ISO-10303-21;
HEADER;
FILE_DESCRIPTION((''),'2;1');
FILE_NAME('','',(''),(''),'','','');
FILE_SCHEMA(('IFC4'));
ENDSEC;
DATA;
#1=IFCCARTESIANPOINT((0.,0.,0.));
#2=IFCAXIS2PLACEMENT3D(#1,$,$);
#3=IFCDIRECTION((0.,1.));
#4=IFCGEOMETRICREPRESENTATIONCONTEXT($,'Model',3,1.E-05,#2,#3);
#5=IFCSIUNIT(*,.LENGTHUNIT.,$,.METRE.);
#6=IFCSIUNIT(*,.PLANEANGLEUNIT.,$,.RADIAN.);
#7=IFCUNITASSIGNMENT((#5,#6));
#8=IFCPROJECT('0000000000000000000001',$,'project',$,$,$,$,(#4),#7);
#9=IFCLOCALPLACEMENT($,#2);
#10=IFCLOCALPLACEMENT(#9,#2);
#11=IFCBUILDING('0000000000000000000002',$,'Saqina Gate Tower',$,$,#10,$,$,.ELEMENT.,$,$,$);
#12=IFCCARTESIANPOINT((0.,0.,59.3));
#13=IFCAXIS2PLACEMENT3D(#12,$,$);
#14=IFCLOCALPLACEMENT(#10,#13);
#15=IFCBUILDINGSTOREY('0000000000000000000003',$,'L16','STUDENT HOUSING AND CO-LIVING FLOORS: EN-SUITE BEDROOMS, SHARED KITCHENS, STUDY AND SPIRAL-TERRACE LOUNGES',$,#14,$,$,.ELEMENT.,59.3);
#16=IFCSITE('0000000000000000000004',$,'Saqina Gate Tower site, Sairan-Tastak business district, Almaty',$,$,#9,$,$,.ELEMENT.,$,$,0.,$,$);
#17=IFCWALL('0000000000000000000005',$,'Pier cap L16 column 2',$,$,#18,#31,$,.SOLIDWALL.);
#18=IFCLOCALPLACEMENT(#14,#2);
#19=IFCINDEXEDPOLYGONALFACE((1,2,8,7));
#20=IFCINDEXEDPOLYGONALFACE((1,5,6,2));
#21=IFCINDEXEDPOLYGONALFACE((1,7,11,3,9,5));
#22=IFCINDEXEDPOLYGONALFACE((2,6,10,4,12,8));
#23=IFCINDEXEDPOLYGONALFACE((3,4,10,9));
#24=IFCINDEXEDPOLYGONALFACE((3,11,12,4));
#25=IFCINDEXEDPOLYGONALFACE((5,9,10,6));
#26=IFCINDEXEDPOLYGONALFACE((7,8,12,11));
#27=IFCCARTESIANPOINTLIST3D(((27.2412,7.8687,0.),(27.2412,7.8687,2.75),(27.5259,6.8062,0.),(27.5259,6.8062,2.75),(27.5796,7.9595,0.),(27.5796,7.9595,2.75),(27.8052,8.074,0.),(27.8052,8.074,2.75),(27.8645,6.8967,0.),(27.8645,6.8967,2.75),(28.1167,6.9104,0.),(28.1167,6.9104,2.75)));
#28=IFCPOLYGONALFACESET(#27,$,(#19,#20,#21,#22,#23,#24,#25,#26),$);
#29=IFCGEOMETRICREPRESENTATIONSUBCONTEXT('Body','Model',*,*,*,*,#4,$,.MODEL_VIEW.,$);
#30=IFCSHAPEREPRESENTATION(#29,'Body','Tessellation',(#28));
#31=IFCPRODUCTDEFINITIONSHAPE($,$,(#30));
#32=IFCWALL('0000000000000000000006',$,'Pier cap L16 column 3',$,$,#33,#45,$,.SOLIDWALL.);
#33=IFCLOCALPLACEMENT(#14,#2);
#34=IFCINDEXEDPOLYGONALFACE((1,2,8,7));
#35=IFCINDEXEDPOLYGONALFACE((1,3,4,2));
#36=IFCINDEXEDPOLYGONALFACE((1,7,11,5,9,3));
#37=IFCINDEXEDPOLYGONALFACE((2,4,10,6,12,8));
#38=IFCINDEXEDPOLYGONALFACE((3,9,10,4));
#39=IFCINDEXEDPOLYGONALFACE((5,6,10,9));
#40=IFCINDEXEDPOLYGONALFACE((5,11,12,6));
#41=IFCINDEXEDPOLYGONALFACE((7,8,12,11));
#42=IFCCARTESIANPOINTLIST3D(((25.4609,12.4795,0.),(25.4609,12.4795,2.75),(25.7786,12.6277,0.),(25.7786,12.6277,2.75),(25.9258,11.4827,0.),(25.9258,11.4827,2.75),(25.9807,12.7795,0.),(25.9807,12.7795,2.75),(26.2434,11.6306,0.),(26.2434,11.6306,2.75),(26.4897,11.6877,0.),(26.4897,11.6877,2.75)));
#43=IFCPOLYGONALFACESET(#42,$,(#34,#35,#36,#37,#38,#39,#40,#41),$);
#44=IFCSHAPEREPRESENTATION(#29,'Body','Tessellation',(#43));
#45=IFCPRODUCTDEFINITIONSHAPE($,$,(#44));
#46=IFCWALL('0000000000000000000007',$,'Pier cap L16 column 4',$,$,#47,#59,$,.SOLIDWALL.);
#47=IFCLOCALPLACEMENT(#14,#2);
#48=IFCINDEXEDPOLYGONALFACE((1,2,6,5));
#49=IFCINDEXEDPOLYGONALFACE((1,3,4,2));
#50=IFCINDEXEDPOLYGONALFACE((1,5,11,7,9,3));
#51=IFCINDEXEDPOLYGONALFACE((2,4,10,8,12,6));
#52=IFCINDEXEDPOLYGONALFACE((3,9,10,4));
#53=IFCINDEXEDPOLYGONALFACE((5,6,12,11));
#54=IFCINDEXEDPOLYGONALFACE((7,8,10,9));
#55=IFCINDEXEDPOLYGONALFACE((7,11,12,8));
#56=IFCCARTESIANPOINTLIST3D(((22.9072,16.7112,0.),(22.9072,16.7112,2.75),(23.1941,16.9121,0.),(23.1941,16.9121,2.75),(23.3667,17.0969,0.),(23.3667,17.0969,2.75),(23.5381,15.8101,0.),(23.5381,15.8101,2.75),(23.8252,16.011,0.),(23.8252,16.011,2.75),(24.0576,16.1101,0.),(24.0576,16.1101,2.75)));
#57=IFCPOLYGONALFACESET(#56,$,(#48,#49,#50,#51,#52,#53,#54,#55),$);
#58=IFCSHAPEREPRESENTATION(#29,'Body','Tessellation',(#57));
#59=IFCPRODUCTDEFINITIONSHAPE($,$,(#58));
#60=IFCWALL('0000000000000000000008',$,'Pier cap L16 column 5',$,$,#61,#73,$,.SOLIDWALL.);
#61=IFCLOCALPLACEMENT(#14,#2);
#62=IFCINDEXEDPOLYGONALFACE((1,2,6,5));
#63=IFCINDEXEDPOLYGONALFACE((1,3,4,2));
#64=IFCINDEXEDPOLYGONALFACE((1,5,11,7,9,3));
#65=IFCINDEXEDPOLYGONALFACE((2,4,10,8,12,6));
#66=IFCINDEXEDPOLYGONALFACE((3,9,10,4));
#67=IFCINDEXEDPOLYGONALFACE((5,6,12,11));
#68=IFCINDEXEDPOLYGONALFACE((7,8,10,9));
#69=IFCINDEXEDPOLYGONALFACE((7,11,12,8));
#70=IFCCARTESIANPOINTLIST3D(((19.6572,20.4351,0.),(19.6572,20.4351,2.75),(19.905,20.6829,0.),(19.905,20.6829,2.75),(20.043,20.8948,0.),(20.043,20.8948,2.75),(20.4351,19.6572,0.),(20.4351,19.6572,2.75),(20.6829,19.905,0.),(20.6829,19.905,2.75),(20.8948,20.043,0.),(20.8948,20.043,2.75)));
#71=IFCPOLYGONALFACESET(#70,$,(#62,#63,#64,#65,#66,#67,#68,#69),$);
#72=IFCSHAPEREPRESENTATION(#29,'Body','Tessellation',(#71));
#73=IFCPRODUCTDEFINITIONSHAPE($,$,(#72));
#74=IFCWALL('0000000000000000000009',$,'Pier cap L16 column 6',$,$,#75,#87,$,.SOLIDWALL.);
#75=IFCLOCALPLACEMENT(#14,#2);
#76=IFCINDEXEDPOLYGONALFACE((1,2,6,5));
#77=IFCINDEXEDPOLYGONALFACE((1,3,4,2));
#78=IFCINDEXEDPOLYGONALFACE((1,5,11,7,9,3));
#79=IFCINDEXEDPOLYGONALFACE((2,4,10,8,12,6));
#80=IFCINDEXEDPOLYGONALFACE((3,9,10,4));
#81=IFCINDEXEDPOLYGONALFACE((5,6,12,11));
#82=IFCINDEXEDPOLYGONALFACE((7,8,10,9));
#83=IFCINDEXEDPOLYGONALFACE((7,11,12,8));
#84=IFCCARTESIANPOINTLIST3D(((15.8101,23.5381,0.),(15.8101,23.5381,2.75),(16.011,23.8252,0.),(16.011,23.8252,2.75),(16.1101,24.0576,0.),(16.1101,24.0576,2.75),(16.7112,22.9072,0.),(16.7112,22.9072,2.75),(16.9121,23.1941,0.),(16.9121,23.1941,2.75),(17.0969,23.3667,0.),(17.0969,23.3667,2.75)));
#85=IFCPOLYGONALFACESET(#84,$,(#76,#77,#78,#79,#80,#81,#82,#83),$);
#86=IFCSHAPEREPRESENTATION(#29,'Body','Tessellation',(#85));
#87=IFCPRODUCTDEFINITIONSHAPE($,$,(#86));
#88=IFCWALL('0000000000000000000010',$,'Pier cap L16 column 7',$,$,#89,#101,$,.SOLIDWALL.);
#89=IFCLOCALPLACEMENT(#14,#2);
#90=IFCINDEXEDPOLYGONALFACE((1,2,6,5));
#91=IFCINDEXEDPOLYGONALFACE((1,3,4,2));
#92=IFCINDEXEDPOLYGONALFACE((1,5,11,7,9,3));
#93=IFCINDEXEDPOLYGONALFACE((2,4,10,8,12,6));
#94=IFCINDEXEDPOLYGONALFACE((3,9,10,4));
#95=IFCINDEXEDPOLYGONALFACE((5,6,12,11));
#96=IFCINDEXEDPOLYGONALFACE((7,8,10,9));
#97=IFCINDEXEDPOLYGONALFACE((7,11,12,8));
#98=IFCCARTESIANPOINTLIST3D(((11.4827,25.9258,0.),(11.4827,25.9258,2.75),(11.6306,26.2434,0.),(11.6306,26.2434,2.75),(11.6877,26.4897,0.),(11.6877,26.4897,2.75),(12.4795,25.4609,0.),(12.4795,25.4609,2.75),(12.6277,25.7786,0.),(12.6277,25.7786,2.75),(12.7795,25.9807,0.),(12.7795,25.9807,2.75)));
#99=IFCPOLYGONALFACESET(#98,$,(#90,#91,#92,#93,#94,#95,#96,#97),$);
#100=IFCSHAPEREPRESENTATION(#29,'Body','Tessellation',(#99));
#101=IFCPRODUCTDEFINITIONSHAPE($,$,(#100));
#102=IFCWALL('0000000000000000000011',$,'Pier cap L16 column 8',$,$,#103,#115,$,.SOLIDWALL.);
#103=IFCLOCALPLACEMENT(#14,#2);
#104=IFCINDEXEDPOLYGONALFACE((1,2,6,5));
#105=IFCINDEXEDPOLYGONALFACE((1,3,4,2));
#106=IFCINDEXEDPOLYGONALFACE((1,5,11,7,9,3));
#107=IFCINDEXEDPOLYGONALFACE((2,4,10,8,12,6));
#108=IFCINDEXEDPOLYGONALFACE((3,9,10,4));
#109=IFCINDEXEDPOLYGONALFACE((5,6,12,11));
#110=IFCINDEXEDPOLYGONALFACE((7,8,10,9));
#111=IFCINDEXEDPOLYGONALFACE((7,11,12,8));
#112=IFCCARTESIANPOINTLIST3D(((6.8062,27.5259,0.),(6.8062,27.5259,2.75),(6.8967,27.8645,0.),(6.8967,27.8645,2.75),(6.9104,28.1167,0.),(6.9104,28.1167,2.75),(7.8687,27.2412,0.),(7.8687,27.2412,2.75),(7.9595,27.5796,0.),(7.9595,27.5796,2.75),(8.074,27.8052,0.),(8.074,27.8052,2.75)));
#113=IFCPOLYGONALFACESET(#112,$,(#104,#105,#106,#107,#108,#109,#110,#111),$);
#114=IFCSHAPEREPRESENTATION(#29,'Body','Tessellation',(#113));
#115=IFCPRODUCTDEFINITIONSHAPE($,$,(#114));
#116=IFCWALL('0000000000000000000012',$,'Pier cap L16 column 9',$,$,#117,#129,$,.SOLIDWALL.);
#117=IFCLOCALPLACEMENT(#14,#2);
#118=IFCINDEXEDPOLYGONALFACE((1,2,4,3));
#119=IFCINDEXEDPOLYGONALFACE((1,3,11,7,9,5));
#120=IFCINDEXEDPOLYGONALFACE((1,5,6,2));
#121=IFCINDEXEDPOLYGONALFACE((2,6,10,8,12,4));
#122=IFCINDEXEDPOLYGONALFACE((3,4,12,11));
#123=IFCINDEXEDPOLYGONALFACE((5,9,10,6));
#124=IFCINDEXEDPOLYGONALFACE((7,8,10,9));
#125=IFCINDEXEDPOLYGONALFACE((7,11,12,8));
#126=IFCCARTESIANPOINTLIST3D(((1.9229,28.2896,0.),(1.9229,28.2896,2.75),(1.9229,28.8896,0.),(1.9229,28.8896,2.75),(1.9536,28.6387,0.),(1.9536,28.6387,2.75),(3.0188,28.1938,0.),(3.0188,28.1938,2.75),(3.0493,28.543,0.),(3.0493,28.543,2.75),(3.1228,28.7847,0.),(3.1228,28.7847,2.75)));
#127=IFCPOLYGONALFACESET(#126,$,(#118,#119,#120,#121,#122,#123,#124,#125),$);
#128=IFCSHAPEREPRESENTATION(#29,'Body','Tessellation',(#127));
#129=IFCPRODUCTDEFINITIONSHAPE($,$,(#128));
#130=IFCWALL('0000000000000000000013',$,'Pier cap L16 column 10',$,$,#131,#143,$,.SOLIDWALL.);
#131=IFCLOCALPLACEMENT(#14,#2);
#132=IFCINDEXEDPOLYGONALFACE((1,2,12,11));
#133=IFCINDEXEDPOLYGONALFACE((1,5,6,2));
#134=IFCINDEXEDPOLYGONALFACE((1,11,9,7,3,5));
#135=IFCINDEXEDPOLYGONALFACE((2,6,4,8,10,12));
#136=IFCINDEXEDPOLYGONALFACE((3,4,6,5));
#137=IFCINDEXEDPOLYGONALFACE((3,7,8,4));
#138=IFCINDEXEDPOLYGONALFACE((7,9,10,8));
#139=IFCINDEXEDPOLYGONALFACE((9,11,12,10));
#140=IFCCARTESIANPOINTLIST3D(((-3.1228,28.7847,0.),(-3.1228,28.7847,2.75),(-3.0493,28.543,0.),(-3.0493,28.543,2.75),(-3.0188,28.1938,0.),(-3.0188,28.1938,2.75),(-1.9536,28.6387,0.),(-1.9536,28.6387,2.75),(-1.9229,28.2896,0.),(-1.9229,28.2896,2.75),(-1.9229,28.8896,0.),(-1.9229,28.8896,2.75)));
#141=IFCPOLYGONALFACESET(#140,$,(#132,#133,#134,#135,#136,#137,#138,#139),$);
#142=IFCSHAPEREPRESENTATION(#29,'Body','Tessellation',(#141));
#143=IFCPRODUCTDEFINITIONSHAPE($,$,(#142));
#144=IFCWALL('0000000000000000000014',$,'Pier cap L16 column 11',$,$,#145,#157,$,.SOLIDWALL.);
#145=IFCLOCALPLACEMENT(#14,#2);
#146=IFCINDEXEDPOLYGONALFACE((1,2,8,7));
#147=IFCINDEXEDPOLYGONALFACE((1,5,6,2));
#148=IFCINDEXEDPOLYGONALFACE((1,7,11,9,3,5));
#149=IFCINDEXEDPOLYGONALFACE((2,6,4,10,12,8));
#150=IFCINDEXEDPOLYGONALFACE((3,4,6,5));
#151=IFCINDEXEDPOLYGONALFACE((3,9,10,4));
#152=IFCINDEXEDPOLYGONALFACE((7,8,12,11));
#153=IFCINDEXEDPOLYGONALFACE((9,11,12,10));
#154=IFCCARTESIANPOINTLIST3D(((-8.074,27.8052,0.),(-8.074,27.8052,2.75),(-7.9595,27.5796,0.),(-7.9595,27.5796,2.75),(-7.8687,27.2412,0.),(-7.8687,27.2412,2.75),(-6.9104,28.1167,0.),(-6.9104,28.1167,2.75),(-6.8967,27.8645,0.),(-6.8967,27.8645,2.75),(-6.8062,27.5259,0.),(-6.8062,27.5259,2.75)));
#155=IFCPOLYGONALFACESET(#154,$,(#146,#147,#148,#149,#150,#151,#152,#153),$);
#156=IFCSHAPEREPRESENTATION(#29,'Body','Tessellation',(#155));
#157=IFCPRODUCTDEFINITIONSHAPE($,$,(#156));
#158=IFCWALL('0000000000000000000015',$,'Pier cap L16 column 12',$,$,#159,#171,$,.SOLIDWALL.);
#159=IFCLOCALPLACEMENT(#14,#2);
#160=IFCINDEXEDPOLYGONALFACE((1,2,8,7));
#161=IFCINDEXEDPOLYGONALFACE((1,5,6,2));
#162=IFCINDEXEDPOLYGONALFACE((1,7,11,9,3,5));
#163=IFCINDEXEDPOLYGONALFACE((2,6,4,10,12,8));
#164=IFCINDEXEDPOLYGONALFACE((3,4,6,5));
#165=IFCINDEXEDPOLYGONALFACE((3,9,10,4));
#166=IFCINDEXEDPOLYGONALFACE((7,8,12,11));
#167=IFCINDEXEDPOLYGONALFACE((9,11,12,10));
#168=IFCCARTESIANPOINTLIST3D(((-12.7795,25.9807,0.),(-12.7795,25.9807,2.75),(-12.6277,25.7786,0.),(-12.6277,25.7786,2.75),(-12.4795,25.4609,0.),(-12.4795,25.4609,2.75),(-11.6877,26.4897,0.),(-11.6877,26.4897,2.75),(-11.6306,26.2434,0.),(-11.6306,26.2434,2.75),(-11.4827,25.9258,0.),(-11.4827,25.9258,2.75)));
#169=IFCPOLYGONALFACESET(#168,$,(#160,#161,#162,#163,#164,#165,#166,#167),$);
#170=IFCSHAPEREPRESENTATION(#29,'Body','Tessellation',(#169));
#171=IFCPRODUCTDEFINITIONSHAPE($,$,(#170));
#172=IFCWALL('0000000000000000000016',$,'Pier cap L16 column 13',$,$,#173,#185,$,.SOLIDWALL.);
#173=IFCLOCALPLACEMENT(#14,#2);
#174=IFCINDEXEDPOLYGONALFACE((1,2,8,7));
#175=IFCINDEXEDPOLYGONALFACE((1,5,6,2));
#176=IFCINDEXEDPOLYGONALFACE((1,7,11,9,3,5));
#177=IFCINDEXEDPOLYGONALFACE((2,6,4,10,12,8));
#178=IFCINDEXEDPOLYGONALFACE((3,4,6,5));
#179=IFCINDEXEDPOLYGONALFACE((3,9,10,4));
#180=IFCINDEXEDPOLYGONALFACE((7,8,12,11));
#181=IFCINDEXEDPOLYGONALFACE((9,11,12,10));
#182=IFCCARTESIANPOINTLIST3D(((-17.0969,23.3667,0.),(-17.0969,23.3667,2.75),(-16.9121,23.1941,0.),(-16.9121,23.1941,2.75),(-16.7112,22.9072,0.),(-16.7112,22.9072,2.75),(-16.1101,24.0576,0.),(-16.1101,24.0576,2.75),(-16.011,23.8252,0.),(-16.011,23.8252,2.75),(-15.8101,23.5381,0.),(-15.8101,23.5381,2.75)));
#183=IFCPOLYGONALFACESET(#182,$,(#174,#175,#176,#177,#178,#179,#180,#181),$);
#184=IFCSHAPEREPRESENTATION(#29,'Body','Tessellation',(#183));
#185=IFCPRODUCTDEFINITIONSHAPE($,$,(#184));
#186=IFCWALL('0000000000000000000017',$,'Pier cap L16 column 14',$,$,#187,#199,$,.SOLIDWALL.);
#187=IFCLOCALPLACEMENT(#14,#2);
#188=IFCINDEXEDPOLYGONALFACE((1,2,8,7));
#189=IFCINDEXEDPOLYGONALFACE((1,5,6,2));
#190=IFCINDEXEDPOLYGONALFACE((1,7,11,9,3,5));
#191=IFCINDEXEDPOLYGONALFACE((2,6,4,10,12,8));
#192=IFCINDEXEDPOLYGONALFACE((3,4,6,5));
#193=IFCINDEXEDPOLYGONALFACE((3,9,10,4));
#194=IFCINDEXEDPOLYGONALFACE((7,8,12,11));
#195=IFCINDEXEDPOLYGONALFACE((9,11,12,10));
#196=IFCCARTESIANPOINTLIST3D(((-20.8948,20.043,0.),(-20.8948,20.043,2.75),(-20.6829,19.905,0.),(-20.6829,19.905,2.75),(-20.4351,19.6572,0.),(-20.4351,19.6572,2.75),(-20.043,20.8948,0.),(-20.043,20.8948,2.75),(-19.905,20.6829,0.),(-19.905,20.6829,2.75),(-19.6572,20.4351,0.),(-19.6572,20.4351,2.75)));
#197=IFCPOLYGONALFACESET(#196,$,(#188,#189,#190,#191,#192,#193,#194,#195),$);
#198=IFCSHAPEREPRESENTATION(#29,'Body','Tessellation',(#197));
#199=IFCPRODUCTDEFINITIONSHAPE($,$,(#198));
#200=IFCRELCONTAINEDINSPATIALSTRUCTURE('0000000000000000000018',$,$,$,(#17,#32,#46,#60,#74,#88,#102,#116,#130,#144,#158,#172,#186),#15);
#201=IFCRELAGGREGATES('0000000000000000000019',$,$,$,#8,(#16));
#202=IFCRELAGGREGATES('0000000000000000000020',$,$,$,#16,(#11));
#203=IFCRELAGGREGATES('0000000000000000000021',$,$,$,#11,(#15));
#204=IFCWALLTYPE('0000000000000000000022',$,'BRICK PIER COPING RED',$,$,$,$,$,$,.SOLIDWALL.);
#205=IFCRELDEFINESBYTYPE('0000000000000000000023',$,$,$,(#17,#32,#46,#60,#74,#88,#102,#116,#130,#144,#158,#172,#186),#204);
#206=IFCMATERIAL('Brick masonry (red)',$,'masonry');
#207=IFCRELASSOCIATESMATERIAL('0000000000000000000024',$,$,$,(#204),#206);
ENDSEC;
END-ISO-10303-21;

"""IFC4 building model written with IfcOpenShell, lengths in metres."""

from ifc_helpers import new_model, si_unit, direction, frame, origin, place, context, subcontext, project, spatial, polyline, outline, extrude, material, type_object, element, save


model = new_model("IFC4")

# Units and contexts
model_context = context("Model", 3, precision=1e-05, world=origin(), true_north=direction((0.0, 1.0)))
body_context = subcontext(model_context, "Body", "Model", "MODEL_VIEW")
ifc_project = project(units=[si_unit("LENGTHUNIT", "METRE"), si_unit("PLANEANGLEUNIT", "RADIAN")], contexts=[model_context])

# Site, building, storey
site_placement = place(None, origin())
site = spatial("IfcSite", under=ifc_project, at=site_placement, Name="Saqina Gate Tower site, Sairan-Tastak business district, Almaty", CompositionType="ELEMENT", RefElevation=0.0)
building_placement = place(site_placement, origin())
building = spatial("IfcBuilding", under=site, at=building_placement, Name="Saqina Gate Tower", CompositionType="ELEMENT")
storey_placement = place(building_placement, frame((0.0, 0.0, 59.3)))
storey = spatial("IfcBuildingStorey", under=building, at=storey_placement, Name="L16", Description="STUDENT HOUSING AND CO-LIVING FLOORS: EN-SUITE BEDROOMS, SHARED KITCHENS, STUDY AND SPIRAL-TERRACE LOUNGES", CompositionType="ELEMENT", Elevation=59.3)

# Walls
ifc_material = material(Name="Brick masonry (red)", Category="masonry")
wall_type = type_object("IfcWallType", Name="BRICK PIER COPING RED", PredefinedType="SOLIDWALL", material=ifc_material)
wall_1_placement = place(storey_placement, origin())
element("IfcWall", 1, at=wall_1_placement, inside=storey, type_object=wall_type, Name="Pier cap L16 column 2", PredefinedType="SOLIDWALL", context=body_context, shape_type="SweptSolid", body=[
    extrude(outline(polyline([(28.1167, 6.9104), (27.8052, 8.074), (27.2412, 7.8687), (27.5796, 7.9595), (27.8645, 6.8967), (27.5259, 6.8062), (28.1167, 6.9104)])), origin(), (0.0, 0.0, 1.0), 2.75),
])
wall_2_placement = place(storey_placement, origin())
element("IfcWall", 2, at=wall_2_placement, inside=storey, type_object=wall_type, Name="Pier cap L16 column 3", PredefinedType="SOLIDWALL", context=body_context, shape_type="SweptSolid", body=[
    extrude(outline(polyline([(25.9807, 12.7795), (25.4609, 12.4795), (25.7786, 12.6277), (26.2434, 11.6306), (25.9258, 11.4827), (26.4897, 11.6877), (25.9807, 12.7795)])), origin(), (0.0, 0.0, 1.0), 2.75),
])
wall_3_placement = place(storey_placement, origin())
element("IfcWall", 3, at=wall_3_placement, inside=storey, type_object=wall_type, Name="Pier cap L16 column 4", PredefinedType="SOLIDWALL", context=body_context, shape_type="SweptSolid", body=[
    extrude(outline(polyline([(24.0576, 16.1101), (23.3667, 17.0969), (22.9072, 16.7112), (23.1941, 16.9121), (23.8252, 16.011), (23.5381, 15.8101), (24.0576, 16.1101)])), origin(), (0.0, 0.0, 1.0), 2.75),
])
wall_4_placement = place(storey_placement, origin())
element("IfcWall", 4, at=wall_4_placement, inside=storey, type_object=wall_type, Name="Pier cap L16 column 5", PredefinedType="SOLIDWALL", context=body_context, shape_type="SweptSolid", body=[
    extrude(outline(polyline([(20.043, 20.8948), (19.6572, 20.4351), (19.905, 20.6829), (20.6829, 19.905), (20.4351, 19.6572), (20.8948, 20.043), (20.043, 20.8948)])), origin(), (0.0, 0.0, 1.0), 2.75),
])
wall_5_placement = place(storey_placement, origin())
element("IfcWall", 5, at=wall_5_placement, inside=storey, type_object=wall_type, Name="Pier cap L16 column 6", PredefinedType="SOLIDWALL", context=body_context, shape_type="SweptSolid", body=[
    extrude(outline(polyline([(17.0969, 23.3667), (16.1101, 24.0576), (15.8101, 23.5381), (16.011, 23.8252), (16.9121, 23.1941), (16.7112, 22.9072), (17.0969, 23.3667)])), origin(), (0.0, 0.0, 1.0), 2.75),
])
wall_6_placement = place(storey_placement, origin())
element("IfcWall", 6, at=wall_6_placement, inside=storey, type_object=wall_type, Name="Pier cap L16 column 7", PredefinedType="SOLIDWALL", context=body_context, shape_type="SweptSolid", body=[
    extrude(outline(polyline([(11.6877, 26.4897), (11.4827, 25.9258), (11.6306, 26.2434), (12.6277, 25.7786), (12.4795, 25.4609), (12.7795, 25.9807), (11.6877, 26.4897)])), origin(), (0.0, 0.0, 1.0), 2.75),
])
wall_7_placement = place(storey_placement, origin())
element("IfcWall", 7, at=wall_7_placement, inside=storey, type_object=wall_type, Name="Pier cap L16 column 8", PredefinedType="SOLIDWALL", context=body_context, shape_type="SweptSolid", body=[
    extrude(outline(polyline([(6.9104, 28.1167), (6.8062, 27.5259), (6.8967, 27.8645), (7.9595, 27.5796), (7.8687, 27.2412), (8.074, 27.8052), (6.9104, 28.1167)])), origin(), (0.0, 0.0, 1.0), 2.75),
])
wall_8_placement = place(storey_placement, origin())
element("IfcWall", 8, at=wall_8_placement, inside=storey, type_object=wall_type, Name="Pier cap L16 column 9", PredefinedType="SOLIDWALL", context=body_context, shape_type="SweptSolid", body=[
    extrude(outline(polyline([(3.1228, 28.7847), (1.9229, 28.8896), (1.9229, 28.2896), (1.9536, 28.6387), (3.0493, 28.543), (3.0188, 28.1938), (3.1228, 28.7847)])), origin(), (0.0, 0.0, 1.0), 2.75),
])
wall_9_placement = place(storey_placement, origin())
element("IfcWall", 9, at=wall_9_placement, inside=storey, type_object=wall_type, Name="Pier cap L16 column 10", PredefinedType="SOLIDWALL", context=body_context, shape_type="SweptSolid", body=[
    extrude(outline(polyline([(-1.9229, 28.8896), (-3.1228, 28.7847), (-3.0188, 28.1938), (-3.0493, 28.543), (-1.9536, 28.6387), (-1.9229, 28.2896), (-1.9229, 28.8896)])), origin(), (0.0, 0.0, 1.0), 2.75),
])
wall_10_placement = place(storey_placement, origin())
element("IfcWall", 10, at=wall_10_placement, inside=storey, type_object=wall_type, Name="Pier cap L16 column 11", PredefinedType="SOLIDWALL", context=body_context, shape_type="SweptSolid", body=[
    extrude(outline(polyline([(-6.9104, 28.1167), (-8.074, 27.8052), (-7.8687, 27.2412), (-7.9595, 27.5796), (-6.8967, 27.8645), (-6.8062, 27.5259), (-6.9104, 28.1167)])), origin(), (0.0, 0.0, 1.0), 2.75),
])
wall_11_placement = place(storey_placement, origin())
element("IfcWall", 11, at=wall_11_placement, inside=storey, type_object=wall_type, Name="Pier cap L16 column 12", PredefinedType="SOLIDWALL", context=body_context, shape_type="SweptSolid", body=[
    extrude(outline(polyline([(-12.7795, 25.9807), (-12.4795, 25.4609), (-12.6277, 25.7786), (-11.6306, 26.2434), (-11.4827, 25.9258), (-11.6877, 26.4897), (-12.7795, 25.9807)])), origin(), (0.0, 0.0, 1.0), 2.75),
])
wall_12_placement = place(storey_placement, origin())
element("IfcWall", 12, at=wall_12_placement, inside=storey, type_object=wall_type, Name="Pier cap L16 column 13", PredefinedType="SOLIDWALL", context=body_context, shape_type="SweptSolid", body=[
    extrude(outline(polyline([(-16.1101, 24.0576), (-17.0969, 23.3667), (-16.7112, 22.9072), (-16.9121, 23.1941), (-16.011, 23.8252), (-15.8101, 23.5381), (-16.1101, 24.0576)])), origin(), (0.0, 0.0, 1.0), 2.75),
])
wall_13_placement = place(storey_placement, origin())
element("IfcWall", 13, at=wall_13_placement, inside=storey, type_object=wall_type, Name="Pier cap L16 column 14", PredefinedType="SOLIDWALL", context=body_context, shape_type="SweptSolid", body=[
    extrude(outline(polyline([(-20.8948, 20.043), (-20.4351, 19.6572), (-20.6829, 19.905), (-19.905, 20.6829), (-19.6572, 20.4351), (-20.043, 20.8948), (-20.8948, 20.043)])), origin(), (0.0, 0.0, 1.0), 2.75),
])

save(model, "model.ifc")
